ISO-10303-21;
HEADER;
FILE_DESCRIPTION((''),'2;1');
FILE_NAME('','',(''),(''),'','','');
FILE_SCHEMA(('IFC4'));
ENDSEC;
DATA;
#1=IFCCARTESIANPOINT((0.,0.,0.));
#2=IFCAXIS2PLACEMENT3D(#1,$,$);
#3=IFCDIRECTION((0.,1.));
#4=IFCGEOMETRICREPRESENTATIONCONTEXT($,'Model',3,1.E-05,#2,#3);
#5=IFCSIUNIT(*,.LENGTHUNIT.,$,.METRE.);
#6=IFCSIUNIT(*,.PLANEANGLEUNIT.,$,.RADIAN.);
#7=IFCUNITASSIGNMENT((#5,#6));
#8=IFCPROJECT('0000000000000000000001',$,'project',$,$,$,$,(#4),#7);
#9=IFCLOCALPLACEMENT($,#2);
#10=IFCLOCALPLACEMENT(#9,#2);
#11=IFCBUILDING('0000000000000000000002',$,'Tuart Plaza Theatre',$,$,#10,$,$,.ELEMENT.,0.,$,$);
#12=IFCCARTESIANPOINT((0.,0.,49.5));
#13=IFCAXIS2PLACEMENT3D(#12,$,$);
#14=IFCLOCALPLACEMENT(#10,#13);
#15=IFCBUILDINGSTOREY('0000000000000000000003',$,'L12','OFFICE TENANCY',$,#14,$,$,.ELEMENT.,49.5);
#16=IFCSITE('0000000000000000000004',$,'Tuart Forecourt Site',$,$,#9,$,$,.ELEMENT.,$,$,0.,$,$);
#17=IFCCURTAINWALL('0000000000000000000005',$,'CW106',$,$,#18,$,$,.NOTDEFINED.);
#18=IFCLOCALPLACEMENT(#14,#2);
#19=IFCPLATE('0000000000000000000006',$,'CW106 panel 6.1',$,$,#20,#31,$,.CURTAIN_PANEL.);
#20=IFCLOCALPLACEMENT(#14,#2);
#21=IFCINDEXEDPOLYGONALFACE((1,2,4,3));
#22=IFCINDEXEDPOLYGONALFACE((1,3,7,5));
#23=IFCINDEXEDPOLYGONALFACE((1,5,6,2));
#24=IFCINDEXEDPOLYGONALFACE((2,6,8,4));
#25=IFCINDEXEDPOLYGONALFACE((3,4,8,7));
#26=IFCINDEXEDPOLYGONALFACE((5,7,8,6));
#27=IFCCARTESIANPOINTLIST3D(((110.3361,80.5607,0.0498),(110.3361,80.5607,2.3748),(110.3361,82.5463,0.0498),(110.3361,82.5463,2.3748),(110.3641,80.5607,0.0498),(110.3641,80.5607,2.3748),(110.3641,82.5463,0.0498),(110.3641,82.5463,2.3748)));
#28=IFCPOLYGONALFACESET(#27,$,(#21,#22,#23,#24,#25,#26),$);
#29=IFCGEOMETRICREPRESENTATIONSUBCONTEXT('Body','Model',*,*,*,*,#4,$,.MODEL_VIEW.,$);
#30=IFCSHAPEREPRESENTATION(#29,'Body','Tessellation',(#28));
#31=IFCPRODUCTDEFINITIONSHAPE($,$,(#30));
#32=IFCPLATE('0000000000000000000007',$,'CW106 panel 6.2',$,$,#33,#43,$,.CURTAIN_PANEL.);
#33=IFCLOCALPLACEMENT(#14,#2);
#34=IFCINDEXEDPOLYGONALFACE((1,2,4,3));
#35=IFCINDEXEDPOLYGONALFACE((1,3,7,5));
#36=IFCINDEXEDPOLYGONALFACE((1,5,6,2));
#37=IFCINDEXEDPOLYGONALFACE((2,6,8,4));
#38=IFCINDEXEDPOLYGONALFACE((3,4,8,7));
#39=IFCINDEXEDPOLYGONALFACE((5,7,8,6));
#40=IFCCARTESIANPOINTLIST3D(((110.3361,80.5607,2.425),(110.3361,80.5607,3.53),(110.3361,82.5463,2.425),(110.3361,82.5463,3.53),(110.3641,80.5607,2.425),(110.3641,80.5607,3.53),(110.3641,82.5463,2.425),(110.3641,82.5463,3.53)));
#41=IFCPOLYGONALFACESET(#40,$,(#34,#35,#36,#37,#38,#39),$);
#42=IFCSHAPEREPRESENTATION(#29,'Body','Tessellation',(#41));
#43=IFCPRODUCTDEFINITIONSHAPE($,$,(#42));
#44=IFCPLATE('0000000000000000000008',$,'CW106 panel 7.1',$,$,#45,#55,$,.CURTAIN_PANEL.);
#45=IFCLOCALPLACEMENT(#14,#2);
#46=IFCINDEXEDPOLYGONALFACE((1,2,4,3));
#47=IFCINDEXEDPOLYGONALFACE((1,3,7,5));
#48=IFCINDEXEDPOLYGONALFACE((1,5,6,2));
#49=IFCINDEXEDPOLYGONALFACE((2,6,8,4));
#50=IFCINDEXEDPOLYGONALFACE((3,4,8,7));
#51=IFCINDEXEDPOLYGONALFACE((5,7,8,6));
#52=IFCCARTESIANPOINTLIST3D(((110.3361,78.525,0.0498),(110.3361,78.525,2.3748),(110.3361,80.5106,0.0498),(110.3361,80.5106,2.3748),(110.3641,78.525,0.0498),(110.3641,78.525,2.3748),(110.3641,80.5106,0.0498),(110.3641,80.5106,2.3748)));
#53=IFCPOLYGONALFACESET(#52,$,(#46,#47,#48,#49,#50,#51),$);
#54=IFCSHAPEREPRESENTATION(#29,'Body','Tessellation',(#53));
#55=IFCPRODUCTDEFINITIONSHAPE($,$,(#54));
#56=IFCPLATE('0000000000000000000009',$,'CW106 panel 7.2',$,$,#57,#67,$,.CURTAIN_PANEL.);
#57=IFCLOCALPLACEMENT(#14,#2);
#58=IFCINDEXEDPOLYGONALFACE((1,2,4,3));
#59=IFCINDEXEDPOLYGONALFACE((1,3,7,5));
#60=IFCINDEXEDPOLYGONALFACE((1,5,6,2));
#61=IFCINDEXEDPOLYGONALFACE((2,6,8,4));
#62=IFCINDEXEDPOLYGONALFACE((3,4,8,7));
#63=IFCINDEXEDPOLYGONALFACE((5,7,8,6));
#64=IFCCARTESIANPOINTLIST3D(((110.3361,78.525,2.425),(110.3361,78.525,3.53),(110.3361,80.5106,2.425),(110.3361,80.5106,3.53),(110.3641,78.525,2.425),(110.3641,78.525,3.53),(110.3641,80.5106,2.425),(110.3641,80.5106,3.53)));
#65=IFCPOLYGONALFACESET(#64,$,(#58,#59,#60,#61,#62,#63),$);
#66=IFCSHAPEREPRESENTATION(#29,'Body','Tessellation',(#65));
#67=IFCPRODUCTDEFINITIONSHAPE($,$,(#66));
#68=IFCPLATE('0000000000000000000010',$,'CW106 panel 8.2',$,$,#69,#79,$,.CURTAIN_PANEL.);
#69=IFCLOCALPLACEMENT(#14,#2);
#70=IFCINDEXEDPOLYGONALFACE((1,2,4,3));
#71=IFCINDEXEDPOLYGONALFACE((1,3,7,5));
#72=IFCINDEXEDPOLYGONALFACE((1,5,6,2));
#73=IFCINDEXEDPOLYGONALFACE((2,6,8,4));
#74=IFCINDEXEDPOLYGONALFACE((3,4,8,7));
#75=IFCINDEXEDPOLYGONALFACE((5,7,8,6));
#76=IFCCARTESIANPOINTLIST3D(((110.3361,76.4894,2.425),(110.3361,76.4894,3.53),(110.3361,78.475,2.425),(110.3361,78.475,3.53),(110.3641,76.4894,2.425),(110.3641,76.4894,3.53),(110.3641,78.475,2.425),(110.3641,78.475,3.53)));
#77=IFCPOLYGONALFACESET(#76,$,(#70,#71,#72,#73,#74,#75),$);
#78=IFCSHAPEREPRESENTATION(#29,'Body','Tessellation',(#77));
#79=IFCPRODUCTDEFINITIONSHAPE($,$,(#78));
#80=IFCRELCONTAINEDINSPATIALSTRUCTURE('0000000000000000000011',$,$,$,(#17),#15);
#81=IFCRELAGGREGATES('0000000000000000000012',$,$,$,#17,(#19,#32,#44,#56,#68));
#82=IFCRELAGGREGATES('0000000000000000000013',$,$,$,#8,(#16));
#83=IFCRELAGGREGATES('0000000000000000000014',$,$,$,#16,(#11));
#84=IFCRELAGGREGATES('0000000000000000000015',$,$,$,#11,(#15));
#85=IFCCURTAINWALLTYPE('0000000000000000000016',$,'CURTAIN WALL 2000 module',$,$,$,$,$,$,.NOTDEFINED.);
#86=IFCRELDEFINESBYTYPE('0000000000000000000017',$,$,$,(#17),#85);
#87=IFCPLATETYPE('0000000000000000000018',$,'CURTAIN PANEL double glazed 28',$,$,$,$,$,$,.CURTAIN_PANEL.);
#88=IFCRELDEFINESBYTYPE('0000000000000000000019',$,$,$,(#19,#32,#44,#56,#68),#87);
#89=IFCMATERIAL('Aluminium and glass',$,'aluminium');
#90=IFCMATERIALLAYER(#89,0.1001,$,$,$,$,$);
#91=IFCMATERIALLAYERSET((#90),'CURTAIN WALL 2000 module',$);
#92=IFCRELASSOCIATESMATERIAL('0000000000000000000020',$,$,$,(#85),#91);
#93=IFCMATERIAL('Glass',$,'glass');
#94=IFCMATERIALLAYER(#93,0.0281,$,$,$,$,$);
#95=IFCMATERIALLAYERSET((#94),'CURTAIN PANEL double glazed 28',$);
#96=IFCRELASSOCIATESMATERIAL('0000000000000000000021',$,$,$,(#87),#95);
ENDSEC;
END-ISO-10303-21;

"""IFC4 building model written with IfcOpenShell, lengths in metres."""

from ifc_helpers import new_model, si_unit, direction, frame, origin, origin_2d, place, context, subcontext, project, spatial, rectangle, extrude, material, layer, layer_set, type_object, element, aggregate, save


model = new_model("IFC4")

# Units and contexts
model_context = context("Model", 3, precision=1e-05, world=origin(), true_north=direction((0.0, 1.0)))
body_context = subcontext(model_context, "Body", "Model", "MODEL_VIEW")
ifc_project = project(units=[si_unit("LENGTHUNIT", "METRE"), si_unit("PLANEANGLEUNIT", "RADIAN")], contexts=[model_context])

# Site, building, storey
site_placement = place(None, origin())
site = spatial("IfcSite", under=ifc_project, at=site_placement, Name="Tuart Forecourt Site", CompositionType="ELEMENT", RefElevation=0.0)
building_placement = place(site_placement, origin())
building = spatial("IfcBuilding", under=site, at=building_placement, Name="Tuart Plaza Theatre", CompositionType="ELEMENT", ElevationOfRefHeight=0.0)
storey_placement = place(building_placement, frame((0.0, 0.0, 49.5)))
storey = spatial("IfcBuildingStorey", under=building, at=storey_placement, Name="L12", Description="OFFICE TENANCY", CompositionType="ELEMENT", Elevation=49.5)

# Curtain wall, plates
ifc_material_1 = material(Name="Aluminium and glass", Category="aluminium")
ifc_layer_1 = layer(ifc_material_1, 0.1001)
ifc_layer_set_1 = layer_set([ifc_layer_1], Name="CURTAIN WALL 2000 module")
curtain_wall_type = type_object("IfcCurtainWallType", Name="CURTAIN WALL 2000 module", PredefinedType="NOTDEFINED", material=ifc_layer_set_1)
curtain_wall_placement = place(storey_placement, origin())
curtain_wall = element("IfcCurtainWall", 1, at=curtain_wall_placement, inside=storey, type_object=curtain_wall_type, Name="CW106", PredefinedType="NOTDEFINED")
ifc_material_2 = material(Name="Glass", Category="glass")
ifc_layer_2 = layer(ifc_material_2, 0.0281)
ifc_layer_set_2 = layer_set([ifc_layer_2], Name="CURTAIN PANEL double glazed 28")
plate_type = type_object("IfcPlateType", Name="CURTAIN PANEL double glazed 28", PredefinedType="CURTAIN_PANEL", material=ifc_layer_set_2)
plate_1_placement = place(storey_placement, frame((110.3501, 81.5535, 0.0498), z_axis=(0.0, 0.0, 1.0), x_axis=(0.0, -1.0, 0.0)))
plate_1 = element("IfcPlate", 2, at=plate_1_placement, type_object=plate_type, Name="CW106 panel 6.1", PredefinedType="CURTAIN_PANEL", context=body_context, shape_type="SweptSolid", body=[
    extrude(rectangle(XDim=1.9856, YDim=0.0281, at=origin_2d()), origin(), (0.0, 0.0, 1.0), 2.325),
])
plate_2_placement = place(storey_placement, frame((110.3501, 81.5535, 2.425), z_axis=(0.0, 0.0, 1.0), x_axis=(0.0, -1.0, 0.0)))
plate_2 = element("IfcPlate", 3, at=plate_2_placement, type_object=plate_type, Name="CW106 panel 6.2", PredefinedType="CURTAIN_PANEL", context=body_context, shape_type="SweptSolid", body=[
    extrude(rectangle(XDim=1.9856, YDim=0.0281, at=origin_2d()), origin(), (0.0, 0.0, 1.0), 1.105),
])
plate_3_placement = place(storey_placement, frame((110.3501, 79.5178, 0.0498), z_axis=(0.0, 0.0, 1.0), x_axis=(0.0, -1.0, 0.0)))
plate_3 = element("IfcPlate", 4, at=plate_3_placement, type_object=plate_type, Name="CW106 panel 7.1", PredefinedType="CURTAIN_PANEL", context=body_context, shape_type="SweptSolid", body=[
    extrude(rectangle(XDim=1.9856, YDim=0.0281, at=origin_2d()), origin(), (0.0, 0.0, 1.0), 2.325),
])
plate_4_placement = place(storey_placement, frame((110.3501, 79.5178, 2.425), z_axis=(0.0, 0.0, 1.0), x_axis=(0.0, -1.0, 0.0)))
plate_4 = element("IfcPlate", 5, at=plate_4_placement, type_object=plate_type, Name="CW106 panel 7.2", PredefinedType="CURTAIN_PANEL", context=body_context, shape_type="SweptSolid", body=[
    extrude(rectangle(XDim=1.9856, YDim=0.0281, at=origin_2d()), origin(), (0.0, 0.0, 1.0), 1.105),
])
plate_5_placement = place(storey_placement, frame((110.3501, 77.4822, 2.425), z_axis=(0.0, 0.0, 1.0), x_axis=(0.0, -1.0, 0.0)))
plate_5 = element("IfcPlate", 6, at=plate_5_placement, type_object=plate_type, Name="CW106 panel 8.2", PredefinedType="CURTAIN_PANEL", context=body_context, shape_type="SweptSolid", body=[
    extrude(rectangle(XDim=1.9856, YDim=0.0281, at=origin_2d()), origin(), (0.0, 0.0, 1.0), 1.105),
])
aggregate(curtain_wall, [plate_1, plate_2, plate_3, plate_4, plate_5])

save(model, "model.ifc")
